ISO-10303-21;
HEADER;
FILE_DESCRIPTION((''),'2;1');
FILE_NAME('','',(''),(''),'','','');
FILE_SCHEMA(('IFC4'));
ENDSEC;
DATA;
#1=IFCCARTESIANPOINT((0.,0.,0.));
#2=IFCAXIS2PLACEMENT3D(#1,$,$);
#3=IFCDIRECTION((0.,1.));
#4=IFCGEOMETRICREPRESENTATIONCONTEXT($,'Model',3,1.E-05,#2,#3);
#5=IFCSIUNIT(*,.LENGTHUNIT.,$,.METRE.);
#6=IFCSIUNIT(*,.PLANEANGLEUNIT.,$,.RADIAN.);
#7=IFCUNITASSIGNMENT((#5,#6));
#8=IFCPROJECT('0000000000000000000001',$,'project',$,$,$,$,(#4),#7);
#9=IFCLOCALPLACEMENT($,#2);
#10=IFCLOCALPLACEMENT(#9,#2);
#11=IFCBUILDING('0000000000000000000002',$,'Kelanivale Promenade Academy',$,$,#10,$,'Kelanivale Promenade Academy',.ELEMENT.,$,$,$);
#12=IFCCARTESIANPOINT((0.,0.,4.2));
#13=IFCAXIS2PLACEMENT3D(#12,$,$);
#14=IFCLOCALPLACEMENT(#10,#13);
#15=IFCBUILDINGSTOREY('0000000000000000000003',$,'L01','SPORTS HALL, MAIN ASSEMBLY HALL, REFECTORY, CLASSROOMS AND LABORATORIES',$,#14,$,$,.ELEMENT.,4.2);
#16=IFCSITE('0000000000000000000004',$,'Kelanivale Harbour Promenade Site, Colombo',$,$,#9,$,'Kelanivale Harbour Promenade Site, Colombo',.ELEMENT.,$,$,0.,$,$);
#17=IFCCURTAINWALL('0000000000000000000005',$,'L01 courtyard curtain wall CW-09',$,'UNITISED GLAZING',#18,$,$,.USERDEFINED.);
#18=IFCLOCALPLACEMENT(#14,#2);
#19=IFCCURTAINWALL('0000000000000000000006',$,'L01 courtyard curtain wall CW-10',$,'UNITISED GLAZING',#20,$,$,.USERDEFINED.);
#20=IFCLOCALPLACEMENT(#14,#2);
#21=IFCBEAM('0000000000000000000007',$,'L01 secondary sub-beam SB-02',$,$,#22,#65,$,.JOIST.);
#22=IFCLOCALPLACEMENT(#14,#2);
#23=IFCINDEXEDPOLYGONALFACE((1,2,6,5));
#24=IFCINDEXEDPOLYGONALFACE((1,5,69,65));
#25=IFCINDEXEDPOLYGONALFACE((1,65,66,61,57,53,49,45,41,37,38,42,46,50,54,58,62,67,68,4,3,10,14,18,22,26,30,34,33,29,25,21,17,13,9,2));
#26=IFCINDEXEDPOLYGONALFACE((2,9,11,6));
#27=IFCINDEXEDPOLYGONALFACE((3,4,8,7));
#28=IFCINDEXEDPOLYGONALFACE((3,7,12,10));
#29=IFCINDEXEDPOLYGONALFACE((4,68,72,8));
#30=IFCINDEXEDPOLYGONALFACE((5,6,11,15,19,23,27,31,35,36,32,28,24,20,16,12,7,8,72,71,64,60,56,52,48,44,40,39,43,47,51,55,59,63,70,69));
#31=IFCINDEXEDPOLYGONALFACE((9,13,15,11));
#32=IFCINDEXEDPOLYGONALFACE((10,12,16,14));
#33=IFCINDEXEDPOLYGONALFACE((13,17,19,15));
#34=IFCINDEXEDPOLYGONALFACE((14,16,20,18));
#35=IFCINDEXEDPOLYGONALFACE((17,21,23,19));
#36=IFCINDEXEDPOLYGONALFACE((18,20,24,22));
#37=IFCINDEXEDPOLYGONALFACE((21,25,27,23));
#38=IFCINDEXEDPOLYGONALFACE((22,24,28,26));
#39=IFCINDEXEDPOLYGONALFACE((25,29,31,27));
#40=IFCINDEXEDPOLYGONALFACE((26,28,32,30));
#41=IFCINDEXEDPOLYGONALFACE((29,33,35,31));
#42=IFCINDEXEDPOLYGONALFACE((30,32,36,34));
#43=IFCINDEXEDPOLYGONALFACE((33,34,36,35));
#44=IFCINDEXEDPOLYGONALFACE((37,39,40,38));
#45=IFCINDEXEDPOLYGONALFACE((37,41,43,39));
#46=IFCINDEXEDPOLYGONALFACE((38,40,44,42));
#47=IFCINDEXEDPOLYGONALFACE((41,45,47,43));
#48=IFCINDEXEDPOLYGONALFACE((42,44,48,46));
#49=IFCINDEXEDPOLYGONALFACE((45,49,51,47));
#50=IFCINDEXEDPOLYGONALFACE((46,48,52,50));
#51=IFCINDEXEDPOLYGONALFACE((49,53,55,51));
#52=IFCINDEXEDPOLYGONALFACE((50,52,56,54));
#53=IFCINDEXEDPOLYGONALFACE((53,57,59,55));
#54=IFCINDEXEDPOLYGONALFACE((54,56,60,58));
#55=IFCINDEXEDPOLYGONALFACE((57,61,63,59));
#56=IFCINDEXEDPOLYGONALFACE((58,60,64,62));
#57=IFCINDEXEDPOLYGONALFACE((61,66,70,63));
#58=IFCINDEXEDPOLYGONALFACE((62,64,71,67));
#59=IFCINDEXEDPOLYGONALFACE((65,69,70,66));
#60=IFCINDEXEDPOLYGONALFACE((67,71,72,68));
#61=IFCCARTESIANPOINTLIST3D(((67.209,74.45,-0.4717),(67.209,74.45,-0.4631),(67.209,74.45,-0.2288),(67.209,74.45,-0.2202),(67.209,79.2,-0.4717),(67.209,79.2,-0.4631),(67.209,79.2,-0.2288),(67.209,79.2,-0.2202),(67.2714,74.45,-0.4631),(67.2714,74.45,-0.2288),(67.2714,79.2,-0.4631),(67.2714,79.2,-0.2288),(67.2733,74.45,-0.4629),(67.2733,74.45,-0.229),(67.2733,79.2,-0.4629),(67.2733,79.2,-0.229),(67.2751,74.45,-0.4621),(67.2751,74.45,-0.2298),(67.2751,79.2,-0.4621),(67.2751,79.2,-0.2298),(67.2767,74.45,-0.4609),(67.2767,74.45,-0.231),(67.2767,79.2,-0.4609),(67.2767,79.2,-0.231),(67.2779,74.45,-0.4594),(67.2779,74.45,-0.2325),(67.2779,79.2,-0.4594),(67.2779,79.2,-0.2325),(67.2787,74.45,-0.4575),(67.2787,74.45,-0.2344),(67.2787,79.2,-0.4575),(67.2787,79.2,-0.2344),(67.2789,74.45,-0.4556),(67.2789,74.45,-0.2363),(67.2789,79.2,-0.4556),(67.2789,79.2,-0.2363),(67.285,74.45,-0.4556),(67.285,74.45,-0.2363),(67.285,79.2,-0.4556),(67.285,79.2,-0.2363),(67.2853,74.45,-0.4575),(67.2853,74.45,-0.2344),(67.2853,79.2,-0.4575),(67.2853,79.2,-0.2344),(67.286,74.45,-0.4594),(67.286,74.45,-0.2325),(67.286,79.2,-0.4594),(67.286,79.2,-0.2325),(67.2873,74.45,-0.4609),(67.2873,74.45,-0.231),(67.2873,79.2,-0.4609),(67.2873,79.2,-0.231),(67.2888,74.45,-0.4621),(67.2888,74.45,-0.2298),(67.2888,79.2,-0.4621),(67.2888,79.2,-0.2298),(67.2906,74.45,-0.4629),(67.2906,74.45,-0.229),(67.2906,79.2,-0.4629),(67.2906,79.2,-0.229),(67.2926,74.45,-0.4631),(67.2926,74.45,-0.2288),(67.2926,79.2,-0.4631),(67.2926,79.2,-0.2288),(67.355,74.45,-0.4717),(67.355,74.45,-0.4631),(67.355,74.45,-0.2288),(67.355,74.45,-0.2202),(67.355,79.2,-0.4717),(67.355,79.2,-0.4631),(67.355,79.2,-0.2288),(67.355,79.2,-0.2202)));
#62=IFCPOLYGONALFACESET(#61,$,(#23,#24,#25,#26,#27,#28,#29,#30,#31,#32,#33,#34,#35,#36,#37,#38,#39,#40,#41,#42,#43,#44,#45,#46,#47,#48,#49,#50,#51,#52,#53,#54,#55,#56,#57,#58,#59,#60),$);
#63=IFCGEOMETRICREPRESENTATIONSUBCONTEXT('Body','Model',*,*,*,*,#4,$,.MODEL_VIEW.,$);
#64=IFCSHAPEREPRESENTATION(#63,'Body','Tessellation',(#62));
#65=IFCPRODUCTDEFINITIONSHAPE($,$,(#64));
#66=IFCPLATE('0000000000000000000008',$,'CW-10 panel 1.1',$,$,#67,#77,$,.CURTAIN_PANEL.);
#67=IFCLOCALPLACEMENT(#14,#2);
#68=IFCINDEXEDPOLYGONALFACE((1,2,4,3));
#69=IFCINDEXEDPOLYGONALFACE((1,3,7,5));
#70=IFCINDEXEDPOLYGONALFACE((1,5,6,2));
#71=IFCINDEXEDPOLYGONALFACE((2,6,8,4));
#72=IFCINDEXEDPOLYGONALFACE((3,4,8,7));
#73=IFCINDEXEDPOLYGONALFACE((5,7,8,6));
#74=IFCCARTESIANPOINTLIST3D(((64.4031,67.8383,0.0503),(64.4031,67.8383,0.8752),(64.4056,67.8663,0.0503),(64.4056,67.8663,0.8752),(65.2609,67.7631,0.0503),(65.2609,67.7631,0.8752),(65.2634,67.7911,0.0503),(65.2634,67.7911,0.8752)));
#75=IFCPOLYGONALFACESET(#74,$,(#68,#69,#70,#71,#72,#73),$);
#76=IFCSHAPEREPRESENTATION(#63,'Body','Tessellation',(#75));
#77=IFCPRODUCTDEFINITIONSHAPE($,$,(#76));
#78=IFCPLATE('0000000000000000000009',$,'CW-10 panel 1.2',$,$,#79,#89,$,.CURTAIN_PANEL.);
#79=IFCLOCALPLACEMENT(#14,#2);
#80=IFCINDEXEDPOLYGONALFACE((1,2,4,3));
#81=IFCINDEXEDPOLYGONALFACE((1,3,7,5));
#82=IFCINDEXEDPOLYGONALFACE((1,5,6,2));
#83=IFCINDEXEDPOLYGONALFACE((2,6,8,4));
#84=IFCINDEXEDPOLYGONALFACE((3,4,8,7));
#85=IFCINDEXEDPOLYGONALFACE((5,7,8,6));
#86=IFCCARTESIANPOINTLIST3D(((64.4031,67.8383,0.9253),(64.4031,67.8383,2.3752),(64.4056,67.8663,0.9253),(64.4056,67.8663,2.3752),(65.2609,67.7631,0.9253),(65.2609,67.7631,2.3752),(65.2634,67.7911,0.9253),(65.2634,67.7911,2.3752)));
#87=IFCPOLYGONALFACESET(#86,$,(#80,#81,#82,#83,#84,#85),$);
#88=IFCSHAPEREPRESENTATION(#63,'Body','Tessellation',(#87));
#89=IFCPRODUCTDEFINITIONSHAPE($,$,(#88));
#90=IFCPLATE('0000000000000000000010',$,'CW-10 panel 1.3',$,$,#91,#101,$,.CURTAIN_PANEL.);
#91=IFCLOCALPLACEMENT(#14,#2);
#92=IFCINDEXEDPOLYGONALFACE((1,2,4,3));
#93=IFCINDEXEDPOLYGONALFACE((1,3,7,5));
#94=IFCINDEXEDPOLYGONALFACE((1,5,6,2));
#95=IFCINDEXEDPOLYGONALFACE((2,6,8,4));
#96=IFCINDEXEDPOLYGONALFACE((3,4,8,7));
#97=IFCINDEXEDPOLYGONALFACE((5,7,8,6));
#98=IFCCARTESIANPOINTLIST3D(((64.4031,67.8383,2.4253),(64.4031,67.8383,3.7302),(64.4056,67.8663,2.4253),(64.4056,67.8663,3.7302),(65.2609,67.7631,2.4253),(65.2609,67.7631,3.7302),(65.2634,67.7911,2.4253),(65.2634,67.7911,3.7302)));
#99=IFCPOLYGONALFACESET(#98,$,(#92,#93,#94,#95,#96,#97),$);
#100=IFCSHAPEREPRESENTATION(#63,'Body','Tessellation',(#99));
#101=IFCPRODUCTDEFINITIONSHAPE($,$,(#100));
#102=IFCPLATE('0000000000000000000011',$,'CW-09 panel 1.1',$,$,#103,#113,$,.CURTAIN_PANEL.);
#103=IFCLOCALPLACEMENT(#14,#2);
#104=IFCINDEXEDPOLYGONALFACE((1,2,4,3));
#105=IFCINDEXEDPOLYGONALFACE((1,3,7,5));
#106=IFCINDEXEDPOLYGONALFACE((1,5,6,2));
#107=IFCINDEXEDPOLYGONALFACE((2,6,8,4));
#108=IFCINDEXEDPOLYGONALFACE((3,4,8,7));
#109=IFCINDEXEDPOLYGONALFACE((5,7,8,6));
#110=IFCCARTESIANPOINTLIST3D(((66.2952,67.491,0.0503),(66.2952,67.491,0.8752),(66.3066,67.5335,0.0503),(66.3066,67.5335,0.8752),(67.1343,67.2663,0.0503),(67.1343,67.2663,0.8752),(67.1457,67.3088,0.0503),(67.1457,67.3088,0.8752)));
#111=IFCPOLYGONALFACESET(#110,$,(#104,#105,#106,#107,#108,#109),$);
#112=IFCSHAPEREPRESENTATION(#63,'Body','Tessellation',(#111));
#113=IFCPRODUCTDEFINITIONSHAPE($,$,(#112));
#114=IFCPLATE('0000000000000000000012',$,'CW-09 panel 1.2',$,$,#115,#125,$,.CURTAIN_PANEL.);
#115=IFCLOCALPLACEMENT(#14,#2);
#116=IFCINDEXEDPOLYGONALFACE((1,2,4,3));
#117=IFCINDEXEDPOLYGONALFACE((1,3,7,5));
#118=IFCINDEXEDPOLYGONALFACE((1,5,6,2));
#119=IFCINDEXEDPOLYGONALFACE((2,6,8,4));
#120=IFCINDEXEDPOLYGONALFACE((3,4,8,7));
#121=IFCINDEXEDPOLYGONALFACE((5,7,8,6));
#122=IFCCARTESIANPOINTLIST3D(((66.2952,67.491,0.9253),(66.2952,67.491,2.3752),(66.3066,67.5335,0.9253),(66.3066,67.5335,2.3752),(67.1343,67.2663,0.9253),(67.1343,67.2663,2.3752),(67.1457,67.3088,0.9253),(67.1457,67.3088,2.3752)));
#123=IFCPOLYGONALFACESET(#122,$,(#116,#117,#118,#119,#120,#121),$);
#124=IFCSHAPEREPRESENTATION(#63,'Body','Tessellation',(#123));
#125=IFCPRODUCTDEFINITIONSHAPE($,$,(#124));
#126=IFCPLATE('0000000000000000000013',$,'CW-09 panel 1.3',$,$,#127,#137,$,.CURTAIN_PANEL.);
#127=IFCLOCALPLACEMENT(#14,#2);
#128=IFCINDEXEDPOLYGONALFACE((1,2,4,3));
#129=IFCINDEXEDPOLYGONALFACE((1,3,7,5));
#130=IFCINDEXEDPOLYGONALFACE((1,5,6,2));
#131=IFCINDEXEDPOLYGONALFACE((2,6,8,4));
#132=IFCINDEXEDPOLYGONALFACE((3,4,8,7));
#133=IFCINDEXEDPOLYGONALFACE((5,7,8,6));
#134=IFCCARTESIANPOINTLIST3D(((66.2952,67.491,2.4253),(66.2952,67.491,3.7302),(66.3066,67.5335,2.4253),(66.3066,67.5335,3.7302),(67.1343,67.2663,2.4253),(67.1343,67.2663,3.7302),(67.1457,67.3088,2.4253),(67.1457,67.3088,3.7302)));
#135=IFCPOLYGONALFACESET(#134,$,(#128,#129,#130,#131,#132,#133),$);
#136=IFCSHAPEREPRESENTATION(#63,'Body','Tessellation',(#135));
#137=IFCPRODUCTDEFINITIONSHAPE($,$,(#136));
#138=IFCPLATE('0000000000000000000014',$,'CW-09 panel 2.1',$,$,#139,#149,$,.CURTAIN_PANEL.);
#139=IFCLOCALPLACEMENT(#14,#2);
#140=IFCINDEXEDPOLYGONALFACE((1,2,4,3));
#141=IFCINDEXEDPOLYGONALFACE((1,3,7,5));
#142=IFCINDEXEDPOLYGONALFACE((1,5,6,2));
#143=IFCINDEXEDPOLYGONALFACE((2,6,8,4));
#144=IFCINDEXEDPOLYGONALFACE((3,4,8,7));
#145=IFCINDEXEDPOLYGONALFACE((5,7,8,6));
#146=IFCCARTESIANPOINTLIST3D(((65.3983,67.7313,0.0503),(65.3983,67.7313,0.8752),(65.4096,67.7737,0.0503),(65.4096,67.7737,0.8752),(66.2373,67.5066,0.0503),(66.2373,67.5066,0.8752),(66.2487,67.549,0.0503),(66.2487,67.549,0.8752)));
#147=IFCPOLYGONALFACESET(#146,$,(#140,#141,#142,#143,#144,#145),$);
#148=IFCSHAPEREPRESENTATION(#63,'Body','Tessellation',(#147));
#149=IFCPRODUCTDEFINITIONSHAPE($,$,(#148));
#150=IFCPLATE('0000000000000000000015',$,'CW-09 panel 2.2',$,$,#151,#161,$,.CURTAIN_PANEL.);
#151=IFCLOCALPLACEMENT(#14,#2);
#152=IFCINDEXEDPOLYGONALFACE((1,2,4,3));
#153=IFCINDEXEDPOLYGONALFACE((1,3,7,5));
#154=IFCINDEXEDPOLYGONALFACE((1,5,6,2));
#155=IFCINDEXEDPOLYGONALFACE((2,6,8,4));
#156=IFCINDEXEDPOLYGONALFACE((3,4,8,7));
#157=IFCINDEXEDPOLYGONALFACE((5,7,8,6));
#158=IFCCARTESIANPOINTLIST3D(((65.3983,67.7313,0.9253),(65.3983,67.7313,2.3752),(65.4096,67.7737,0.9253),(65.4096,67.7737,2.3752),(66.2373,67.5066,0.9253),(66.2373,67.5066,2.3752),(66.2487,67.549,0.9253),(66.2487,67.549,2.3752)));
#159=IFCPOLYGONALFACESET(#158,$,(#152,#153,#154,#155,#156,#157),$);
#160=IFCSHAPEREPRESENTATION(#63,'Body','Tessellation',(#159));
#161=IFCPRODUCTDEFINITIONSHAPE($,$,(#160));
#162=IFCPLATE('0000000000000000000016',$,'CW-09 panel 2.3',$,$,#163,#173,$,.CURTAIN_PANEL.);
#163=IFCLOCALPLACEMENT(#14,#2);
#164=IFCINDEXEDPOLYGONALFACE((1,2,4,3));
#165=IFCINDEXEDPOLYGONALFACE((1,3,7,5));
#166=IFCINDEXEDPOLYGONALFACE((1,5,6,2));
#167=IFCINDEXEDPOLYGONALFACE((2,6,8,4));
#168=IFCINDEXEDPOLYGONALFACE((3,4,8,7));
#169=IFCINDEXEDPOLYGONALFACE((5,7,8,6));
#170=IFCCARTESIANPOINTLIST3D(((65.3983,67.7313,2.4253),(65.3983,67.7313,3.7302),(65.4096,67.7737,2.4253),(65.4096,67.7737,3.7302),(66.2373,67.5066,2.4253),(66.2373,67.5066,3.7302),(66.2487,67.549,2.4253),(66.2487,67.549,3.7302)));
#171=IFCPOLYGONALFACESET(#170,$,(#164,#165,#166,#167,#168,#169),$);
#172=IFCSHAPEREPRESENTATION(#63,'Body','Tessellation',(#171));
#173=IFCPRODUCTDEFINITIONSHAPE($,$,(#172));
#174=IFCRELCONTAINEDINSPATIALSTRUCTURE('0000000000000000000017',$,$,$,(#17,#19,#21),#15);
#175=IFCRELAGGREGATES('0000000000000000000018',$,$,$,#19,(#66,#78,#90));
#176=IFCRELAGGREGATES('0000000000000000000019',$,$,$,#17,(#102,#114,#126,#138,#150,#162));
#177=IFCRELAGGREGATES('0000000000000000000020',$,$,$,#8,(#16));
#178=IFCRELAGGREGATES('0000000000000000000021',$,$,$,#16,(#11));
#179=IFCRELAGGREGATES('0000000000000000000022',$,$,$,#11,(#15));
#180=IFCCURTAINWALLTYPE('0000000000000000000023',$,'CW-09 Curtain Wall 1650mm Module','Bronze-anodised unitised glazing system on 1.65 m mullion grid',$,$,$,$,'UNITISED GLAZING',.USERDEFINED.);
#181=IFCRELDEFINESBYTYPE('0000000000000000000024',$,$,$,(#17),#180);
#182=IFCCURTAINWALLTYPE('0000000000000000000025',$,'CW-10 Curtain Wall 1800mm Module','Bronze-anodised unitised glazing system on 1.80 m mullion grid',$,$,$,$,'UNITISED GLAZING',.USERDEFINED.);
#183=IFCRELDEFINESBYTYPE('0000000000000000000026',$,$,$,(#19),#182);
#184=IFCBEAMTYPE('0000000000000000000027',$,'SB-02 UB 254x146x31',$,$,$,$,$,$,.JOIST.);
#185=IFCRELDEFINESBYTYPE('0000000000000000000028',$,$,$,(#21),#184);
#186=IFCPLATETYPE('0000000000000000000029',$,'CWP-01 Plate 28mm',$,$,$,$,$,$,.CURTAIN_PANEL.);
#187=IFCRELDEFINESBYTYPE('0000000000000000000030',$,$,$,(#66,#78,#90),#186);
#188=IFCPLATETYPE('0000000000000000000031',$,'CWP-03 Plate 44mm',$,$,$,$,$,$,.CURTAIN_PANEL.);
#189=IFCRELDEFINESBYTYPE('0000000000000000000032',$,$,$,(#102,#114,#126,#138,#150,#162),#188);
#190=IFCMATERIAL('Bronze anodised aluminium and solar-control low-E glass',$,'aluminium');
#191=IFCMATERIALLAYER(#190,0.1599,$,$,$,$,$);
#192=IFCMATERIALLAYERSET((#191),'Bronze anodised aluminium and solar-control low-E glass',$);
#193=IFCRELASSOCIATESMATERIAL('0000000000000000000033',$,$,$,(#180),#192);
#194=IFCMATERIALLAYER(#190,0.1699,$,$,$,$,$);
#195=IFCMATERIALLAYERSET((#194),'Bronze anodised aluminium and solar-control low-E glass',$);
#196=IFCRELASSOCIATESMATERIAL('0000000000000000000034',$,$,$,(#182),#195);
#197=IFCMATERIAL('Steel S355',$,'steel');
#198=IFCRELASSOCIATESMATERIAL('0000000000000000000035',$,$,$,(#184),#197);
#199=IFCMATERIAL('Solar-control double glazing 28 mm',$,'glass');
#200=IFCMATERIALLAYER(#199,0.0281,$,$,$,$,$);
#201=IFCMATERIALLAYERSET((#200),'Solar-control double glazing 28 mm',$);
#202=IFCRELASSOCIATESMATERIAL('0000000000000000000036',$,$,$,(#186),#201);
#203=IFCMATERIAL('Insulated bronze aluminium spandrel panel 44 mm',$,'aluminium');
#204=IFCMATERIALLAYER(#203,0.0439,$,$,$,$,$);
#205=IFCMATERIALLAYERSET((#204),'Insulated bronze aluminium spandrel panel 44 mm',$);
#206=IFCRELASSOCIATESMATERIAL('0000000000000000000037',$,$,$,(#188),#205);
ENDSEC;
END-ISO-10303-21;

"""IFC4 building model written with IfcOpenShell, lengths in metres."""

from ifc_helpers import new_model, si_unit, direction, frame, origin, origin_2d, place, context, subcontext, project, spatial, rectangle, i_section, extrude, material, layer, layer_set, material_profile, profile_set, type_object, element, aggregate, save


model = new_model("IFC4")

# Units and contexts
model_context = context("Model", 3, precision=1e-05, world=origin(), true_north=direction((0.0, 1.0)))
body_context = subcontext(model_context, "Body", "Model", "MODEL_VIEW")
ifc_project = project(units=[si_unit("LENGTHUNIT", "METRE"), si_unit("PLANEANGLEUNIT", "RADIAN")], contexts=[model_context])

# Site, building, storey
site_placement = place(None, origin())
site = spatial("IfcSite", under=ifc_project, at=site_placement, Name="Kelanivale Harbour Promenade Site, Colombo", LongName="Kelanivale Harbour Promenade Site, Colombo", CompositionType="ELEMENT", RefElevation=0.0)
building_placement = place(site_placement, origin())
building = spatial("IfcBuilding", under=site, at=building_placement, Name="Kelanivale Promenade Academy", LongName="Kelanivale Promenade Academy", CompositionType="ELEMENT")
storey_placement = place(building_placement, frame((0.0, 0.0, 4.2)))
storey = spatial("IfcBuildingStorey", under=building, at=storey_placement, Name="L01", Description="SPORTS HALL, MAIN ASSEMBLY HALL, REFECTORY, CLASSROOMS AND LABORATORIES", CompositionType="ELEMENT", Elevation=4.2)

# Curtain wall
ifc_material_1 = material(Name="Bronze anodised aluminium and solar-control low-E glass", Category="aluminium")
ifc_layer_1 = layer(ifc_material_1, 0.1599)
ifc_layer_set_1 = layer_set([ifc_layer_1], Name="Bronze anodised aluminium and solar-control low-E glass")
curtain_wall_type_1 = type_object("IfcCurtainWallType", Name="CW-09 Curtain Wall 1650mm Module", Description="Bronze-anodised unitised glazing system on 1.65 m mullion grid", ElementType="UNITISED GLAZING", PredefinedType="USERDEFINED", material=ifc_layer_set_1)
curtain_wall_1_placement = place(storey_placement, origin())
curtain_wall_1 = element("IfcCurtainWall", 1, at=curtain_wall_1_placement, inside=storey, type_object=curtain_wall_type_1, Name="L01 courtyard curtain wall CW-09", ObjectType="UNITISED GLAZING", PredefinedType="USERDEFINED")

# Curtain wall
ifc_layer_2 = layer(ifc_material_1, 0.1699)
ifc_layer_set_2 = layer_set([ifc_layer_2], Name="Bronze anodised aluminium and solar-control low-E glass")
curtain_wall_type_2 = type_object("IfcCurtainWallType", Name="CW-10 Curtain Wall 1800mm Module", Description="Bronze-anodised unitised glazing system on 1.80 m mullion grid", ElementType="UNITISED GLAZING", PredefinedType="USERDEFINED", material=ifc_layer_set_2)
curtain_wall_2_placement = place(storey_placement, origin())
curtain_wall_2 = element("IfcCurtainWall", 2, at=curtain_wall_2_placement, inside=storey, type_object=curtain_wall_type_2, Name="L01 courtyard curtain wall CW-10", ObjectType="UNITISED GLAZING", PredefinedType="USERDEFINED")

# Beam
ifc_material_2 = material(Name="Steel S355", Category="steel")
ifc_material_profile_1 = material_profile(ifc_material_2, i_section(OverallWidth=0.146, OverallDepth=0.2515, WebThickness=0.0061, FlangeThickness=0.0085, FilletRadius=0.0076, at=origin_2d()), Name="UB 254x146x31")
ifc_profile_set_1 = profile_set([ifc_material_profile_1], Name="Steel S355")
beam_type_1 = type_object("IfcBeamType", Name="SB-02 UB 254x146x31", PredefinedType="JOIST", material=ifc_profile_set_1)
beam_1_placement = place(storey_placement, frame((67.282, 74.45, -0.3459), z_axis=(0.0, 1.0, 0.0), x_axis=(-1.0, 0.0, 0.0)))
element("IfcBeam", 3, at=beam_1_placement, inside=storey, type_object=beam_type_1, Name="L01 secondary sub-beam SB-02", PredefinedType="JOIST", context=body_context, shape_type="SweptSolid", body=[
    extrude(i_section(OverallWidth=0.146, OverallDepth=0.2515, WebThickness=0.0061, FlangeThickness=0.0085, FilletRadius=0.0076, at=origin_2d()), origin(), (0.0, 0.0, 1.0), 4.75),
])

# Plates
ifc_material_3 = material(Name="Solar-control double glazing 28 mm", Category="glass")
ifc_layer_3 = layer(ifc_material_3, 0.0281)
ifc_layer_set_3 = layer_set([ifc_layer_3], Name="Solar-control double glazing 28 mm")
plate_type_1 = type_object("IfcPlateType", Name="CWP-01 Plate 28mm", PredefinedType="CURTAIN_PANEL", material=ifc_layer_set_3)
plate_1_placement = place(storey_placement, frame((64.8333, 67.8147, 0.0503), z_axis=(0.0, 0.0, 1.0), x_axis=(-0.996185, 0.087265, 0.0)))
plate_1 = element("IfcPlate", 4, at=plate_1_placement, type_object=plate_type_1, Name="CW-10 panel 1.1", PredefinedType="CURTAIN_PANEL", context=body_context, shape_type="SweptSolid", body=[
    extrude(rectangle(XDim=0.8611, YDim=0.0281, at=origin_2d()), origin(), (0.0, 0.0, 1.0), 0.825),
])
plate_2_placement = place(storey_placement, frame((64.8333, 67.8147, 0.9253), z_axis=(0.0, 0.0, 1.0), x_axis=(-0.996185, 0.087265, 0.0)))
plate_2 = element("IfcPlate", 5, at=plate_2_placement, type_object=plate_type_1, Name="CW-10 panel 1.2", PredefinedType="CURTAIN_PANEL", context=body_context, shape_type="SweptSolid", body=[
    extrude(rectangle(XDim=0.8611, YDim=0.0281, at=origin_2d()), origin(), (0.0, 0.0, 1.0), 1.45),
])
plate_3_placement = place(storey_placement, frame((64.8333, 67.8147, 2.4253), z_axis=(0.0, 0.0, 1.0), x_axis=(-0.996185, 0.087265, 0.0)))
plate_3 = element("IfcPlate", 6, at=plate_3_placement, type_object=plate_type_1, Name="CW-10 panel 1.3", PredefinedType="CURTAIN_PANEL", context=body_context, shape_type="SweptSolid", body=[
    extrude(rectangle(XDim=0.8611, YDim=0.0281, at=origin_2d()), origin(), (0.0, 0.0, 1.0), 1.3049),
])
aggregate(curtain_wall_2, [plate_1, plate_2, plate_3])
ifc_material_4 = material(Name="Insulated bronze aluminium spandrel panel 44 mm", Category="aluminium")
ifc_layer_4 = layer(ifc_material_4, 0.0439)
ifc_layer_set_4 = layer_set([ifc_layer_4], Name="Insulated bronze aluminium spandrel panel 44 mm")
plate_type_2 = type_object("IfcPlateType", Name="CWP-03 Plate 44mm", PredefinedType="CURTAIN_PANEL", material=ifc_layer_set_4)
plate_4_placement = place(storey_placement, frame((66.7205, 67.3999, 0.0503), z_axis=(0.0, 0.0, 1.0), x_axis=(-0.965957, 0.258701, 0.0)))
plate_4 = element("IfcPlate", 7, at=plate_4_placement, type_object=plate_type_2, Name="CW-09 panel 1.1", PredefinedType="CURTAIN_PANEL", context=body_context, shape_type="SweptSolid", body=[
    extrude(rectangle(XDim=0.8687, YDim=0.0439, at=origin_2d()), origin(), (0.0, 0.0, 1.0), 0.825),
])
plate_5_placement = place(storey_placement, frame((66.7205, 67.3999, 0.9253), z_axis=(0.0, 0.0, 1.0), x_axis=(-0.965957, 0.258701, 0.0)))
plate_5 = element("IfcPlate", 8, at=plate_5_placement, type_object=plate_type_2, Name="CW-09 panel 1.2", PredefinedType="CURTAIN_PANEL", context=body_context, shape_type="SweptSolid", body=[
    extrude(rectangle(XDim=0.8687, YDim=0.0439, at=origin_2d()), origin(), (0.0, 0.0, 1.0), 1.45),
])
plate_6_placement = place(storey_placement, frame((66.7205, 67.3999, 2.4253), z_axis=(0.0, 0.0, 1.0), x_axis=(-0.965957, 0.258701, 0.0)))
plate_6 = element("IfcPlate", 9, at=plate_6_placement, type_object=plate_type_2, Name="CW-09 panel 1.3", PredefinedType="CURTAIN_PANEL", context=body_context, shape_type="SweptSolid", body=[
    extrude(rectangle(XDim=0.8687, YDim=0.0439, at=origin_2d()), origin(), (0.0, 0.0, 1.0), 1.3049),
])
plate_7_placement = place(storey_placement, frame((65.8235, 67.6401, 0.0503), z_axis=(0.0, 0.0, 1.0), x_axis=(-0.965957, 0.258701, 0.0)))
plate_7 = element("IfcPlate", 10, at=plate_7_placement, type_object=plate_type_2, Name="CW-09 panel 2.1", PredefinedType="CURTAIN_PANEL", context=body_context, shape_type="SweptSolid", body=[
    extrude(rectangle(XDim=0.8687, YDim=0.0439, at=origin_2d()), origin(), (0.0, 0.0, 1.0), 0.825),
])
plate_8_placement = place(storey_placement, frame((65.8235, 67.6401, 0.9253), z_axis=(0.0, 0.0, 1.0), x_axis=(-0.965957, 0.258701, 0.0)))
plate_8 = element("IfcPlate", 11, at=plate_8_placement, type_object=plate_type_2, Name="CW-09 panel 2.2", PredefinedType="CURTAIN_PANEL", context=body_context, shape_type="SweptSolid", body=[
    extrude(rectangle(XDim=0.8687, YDim=0.0439, at=origin_2d()), origin(), (0.0, 0.0, 1.0), 1.45),
])
plate_9_placement = place(storey_placement, frame((65.8235, 67.6401, 2.4253), z_axis=(0.0, 0.0, 1.0), x_axis=(-0.965957, 0.258701, 0.0)))
plate_9 = element("IfcPlate", 12, at=plate_9_placement, type_object=plate_type_2, Name="CW-09 panel 2.3", PredefinedType="CURTAIN_PANEL", context=body_context, shape_type="SweptSolid", body=[
    extrude(rectangle(XDim=0.8687, YDim=0.0439, at=origin_2d()), origin(), (0.0, 0.0, 1.0), 1.3049),
])
aggregate(curtain_wall_1, [plate_4, plate_5, plate_6, plate_7, plate_8, plate_9])

save(model, "model.ifc")
